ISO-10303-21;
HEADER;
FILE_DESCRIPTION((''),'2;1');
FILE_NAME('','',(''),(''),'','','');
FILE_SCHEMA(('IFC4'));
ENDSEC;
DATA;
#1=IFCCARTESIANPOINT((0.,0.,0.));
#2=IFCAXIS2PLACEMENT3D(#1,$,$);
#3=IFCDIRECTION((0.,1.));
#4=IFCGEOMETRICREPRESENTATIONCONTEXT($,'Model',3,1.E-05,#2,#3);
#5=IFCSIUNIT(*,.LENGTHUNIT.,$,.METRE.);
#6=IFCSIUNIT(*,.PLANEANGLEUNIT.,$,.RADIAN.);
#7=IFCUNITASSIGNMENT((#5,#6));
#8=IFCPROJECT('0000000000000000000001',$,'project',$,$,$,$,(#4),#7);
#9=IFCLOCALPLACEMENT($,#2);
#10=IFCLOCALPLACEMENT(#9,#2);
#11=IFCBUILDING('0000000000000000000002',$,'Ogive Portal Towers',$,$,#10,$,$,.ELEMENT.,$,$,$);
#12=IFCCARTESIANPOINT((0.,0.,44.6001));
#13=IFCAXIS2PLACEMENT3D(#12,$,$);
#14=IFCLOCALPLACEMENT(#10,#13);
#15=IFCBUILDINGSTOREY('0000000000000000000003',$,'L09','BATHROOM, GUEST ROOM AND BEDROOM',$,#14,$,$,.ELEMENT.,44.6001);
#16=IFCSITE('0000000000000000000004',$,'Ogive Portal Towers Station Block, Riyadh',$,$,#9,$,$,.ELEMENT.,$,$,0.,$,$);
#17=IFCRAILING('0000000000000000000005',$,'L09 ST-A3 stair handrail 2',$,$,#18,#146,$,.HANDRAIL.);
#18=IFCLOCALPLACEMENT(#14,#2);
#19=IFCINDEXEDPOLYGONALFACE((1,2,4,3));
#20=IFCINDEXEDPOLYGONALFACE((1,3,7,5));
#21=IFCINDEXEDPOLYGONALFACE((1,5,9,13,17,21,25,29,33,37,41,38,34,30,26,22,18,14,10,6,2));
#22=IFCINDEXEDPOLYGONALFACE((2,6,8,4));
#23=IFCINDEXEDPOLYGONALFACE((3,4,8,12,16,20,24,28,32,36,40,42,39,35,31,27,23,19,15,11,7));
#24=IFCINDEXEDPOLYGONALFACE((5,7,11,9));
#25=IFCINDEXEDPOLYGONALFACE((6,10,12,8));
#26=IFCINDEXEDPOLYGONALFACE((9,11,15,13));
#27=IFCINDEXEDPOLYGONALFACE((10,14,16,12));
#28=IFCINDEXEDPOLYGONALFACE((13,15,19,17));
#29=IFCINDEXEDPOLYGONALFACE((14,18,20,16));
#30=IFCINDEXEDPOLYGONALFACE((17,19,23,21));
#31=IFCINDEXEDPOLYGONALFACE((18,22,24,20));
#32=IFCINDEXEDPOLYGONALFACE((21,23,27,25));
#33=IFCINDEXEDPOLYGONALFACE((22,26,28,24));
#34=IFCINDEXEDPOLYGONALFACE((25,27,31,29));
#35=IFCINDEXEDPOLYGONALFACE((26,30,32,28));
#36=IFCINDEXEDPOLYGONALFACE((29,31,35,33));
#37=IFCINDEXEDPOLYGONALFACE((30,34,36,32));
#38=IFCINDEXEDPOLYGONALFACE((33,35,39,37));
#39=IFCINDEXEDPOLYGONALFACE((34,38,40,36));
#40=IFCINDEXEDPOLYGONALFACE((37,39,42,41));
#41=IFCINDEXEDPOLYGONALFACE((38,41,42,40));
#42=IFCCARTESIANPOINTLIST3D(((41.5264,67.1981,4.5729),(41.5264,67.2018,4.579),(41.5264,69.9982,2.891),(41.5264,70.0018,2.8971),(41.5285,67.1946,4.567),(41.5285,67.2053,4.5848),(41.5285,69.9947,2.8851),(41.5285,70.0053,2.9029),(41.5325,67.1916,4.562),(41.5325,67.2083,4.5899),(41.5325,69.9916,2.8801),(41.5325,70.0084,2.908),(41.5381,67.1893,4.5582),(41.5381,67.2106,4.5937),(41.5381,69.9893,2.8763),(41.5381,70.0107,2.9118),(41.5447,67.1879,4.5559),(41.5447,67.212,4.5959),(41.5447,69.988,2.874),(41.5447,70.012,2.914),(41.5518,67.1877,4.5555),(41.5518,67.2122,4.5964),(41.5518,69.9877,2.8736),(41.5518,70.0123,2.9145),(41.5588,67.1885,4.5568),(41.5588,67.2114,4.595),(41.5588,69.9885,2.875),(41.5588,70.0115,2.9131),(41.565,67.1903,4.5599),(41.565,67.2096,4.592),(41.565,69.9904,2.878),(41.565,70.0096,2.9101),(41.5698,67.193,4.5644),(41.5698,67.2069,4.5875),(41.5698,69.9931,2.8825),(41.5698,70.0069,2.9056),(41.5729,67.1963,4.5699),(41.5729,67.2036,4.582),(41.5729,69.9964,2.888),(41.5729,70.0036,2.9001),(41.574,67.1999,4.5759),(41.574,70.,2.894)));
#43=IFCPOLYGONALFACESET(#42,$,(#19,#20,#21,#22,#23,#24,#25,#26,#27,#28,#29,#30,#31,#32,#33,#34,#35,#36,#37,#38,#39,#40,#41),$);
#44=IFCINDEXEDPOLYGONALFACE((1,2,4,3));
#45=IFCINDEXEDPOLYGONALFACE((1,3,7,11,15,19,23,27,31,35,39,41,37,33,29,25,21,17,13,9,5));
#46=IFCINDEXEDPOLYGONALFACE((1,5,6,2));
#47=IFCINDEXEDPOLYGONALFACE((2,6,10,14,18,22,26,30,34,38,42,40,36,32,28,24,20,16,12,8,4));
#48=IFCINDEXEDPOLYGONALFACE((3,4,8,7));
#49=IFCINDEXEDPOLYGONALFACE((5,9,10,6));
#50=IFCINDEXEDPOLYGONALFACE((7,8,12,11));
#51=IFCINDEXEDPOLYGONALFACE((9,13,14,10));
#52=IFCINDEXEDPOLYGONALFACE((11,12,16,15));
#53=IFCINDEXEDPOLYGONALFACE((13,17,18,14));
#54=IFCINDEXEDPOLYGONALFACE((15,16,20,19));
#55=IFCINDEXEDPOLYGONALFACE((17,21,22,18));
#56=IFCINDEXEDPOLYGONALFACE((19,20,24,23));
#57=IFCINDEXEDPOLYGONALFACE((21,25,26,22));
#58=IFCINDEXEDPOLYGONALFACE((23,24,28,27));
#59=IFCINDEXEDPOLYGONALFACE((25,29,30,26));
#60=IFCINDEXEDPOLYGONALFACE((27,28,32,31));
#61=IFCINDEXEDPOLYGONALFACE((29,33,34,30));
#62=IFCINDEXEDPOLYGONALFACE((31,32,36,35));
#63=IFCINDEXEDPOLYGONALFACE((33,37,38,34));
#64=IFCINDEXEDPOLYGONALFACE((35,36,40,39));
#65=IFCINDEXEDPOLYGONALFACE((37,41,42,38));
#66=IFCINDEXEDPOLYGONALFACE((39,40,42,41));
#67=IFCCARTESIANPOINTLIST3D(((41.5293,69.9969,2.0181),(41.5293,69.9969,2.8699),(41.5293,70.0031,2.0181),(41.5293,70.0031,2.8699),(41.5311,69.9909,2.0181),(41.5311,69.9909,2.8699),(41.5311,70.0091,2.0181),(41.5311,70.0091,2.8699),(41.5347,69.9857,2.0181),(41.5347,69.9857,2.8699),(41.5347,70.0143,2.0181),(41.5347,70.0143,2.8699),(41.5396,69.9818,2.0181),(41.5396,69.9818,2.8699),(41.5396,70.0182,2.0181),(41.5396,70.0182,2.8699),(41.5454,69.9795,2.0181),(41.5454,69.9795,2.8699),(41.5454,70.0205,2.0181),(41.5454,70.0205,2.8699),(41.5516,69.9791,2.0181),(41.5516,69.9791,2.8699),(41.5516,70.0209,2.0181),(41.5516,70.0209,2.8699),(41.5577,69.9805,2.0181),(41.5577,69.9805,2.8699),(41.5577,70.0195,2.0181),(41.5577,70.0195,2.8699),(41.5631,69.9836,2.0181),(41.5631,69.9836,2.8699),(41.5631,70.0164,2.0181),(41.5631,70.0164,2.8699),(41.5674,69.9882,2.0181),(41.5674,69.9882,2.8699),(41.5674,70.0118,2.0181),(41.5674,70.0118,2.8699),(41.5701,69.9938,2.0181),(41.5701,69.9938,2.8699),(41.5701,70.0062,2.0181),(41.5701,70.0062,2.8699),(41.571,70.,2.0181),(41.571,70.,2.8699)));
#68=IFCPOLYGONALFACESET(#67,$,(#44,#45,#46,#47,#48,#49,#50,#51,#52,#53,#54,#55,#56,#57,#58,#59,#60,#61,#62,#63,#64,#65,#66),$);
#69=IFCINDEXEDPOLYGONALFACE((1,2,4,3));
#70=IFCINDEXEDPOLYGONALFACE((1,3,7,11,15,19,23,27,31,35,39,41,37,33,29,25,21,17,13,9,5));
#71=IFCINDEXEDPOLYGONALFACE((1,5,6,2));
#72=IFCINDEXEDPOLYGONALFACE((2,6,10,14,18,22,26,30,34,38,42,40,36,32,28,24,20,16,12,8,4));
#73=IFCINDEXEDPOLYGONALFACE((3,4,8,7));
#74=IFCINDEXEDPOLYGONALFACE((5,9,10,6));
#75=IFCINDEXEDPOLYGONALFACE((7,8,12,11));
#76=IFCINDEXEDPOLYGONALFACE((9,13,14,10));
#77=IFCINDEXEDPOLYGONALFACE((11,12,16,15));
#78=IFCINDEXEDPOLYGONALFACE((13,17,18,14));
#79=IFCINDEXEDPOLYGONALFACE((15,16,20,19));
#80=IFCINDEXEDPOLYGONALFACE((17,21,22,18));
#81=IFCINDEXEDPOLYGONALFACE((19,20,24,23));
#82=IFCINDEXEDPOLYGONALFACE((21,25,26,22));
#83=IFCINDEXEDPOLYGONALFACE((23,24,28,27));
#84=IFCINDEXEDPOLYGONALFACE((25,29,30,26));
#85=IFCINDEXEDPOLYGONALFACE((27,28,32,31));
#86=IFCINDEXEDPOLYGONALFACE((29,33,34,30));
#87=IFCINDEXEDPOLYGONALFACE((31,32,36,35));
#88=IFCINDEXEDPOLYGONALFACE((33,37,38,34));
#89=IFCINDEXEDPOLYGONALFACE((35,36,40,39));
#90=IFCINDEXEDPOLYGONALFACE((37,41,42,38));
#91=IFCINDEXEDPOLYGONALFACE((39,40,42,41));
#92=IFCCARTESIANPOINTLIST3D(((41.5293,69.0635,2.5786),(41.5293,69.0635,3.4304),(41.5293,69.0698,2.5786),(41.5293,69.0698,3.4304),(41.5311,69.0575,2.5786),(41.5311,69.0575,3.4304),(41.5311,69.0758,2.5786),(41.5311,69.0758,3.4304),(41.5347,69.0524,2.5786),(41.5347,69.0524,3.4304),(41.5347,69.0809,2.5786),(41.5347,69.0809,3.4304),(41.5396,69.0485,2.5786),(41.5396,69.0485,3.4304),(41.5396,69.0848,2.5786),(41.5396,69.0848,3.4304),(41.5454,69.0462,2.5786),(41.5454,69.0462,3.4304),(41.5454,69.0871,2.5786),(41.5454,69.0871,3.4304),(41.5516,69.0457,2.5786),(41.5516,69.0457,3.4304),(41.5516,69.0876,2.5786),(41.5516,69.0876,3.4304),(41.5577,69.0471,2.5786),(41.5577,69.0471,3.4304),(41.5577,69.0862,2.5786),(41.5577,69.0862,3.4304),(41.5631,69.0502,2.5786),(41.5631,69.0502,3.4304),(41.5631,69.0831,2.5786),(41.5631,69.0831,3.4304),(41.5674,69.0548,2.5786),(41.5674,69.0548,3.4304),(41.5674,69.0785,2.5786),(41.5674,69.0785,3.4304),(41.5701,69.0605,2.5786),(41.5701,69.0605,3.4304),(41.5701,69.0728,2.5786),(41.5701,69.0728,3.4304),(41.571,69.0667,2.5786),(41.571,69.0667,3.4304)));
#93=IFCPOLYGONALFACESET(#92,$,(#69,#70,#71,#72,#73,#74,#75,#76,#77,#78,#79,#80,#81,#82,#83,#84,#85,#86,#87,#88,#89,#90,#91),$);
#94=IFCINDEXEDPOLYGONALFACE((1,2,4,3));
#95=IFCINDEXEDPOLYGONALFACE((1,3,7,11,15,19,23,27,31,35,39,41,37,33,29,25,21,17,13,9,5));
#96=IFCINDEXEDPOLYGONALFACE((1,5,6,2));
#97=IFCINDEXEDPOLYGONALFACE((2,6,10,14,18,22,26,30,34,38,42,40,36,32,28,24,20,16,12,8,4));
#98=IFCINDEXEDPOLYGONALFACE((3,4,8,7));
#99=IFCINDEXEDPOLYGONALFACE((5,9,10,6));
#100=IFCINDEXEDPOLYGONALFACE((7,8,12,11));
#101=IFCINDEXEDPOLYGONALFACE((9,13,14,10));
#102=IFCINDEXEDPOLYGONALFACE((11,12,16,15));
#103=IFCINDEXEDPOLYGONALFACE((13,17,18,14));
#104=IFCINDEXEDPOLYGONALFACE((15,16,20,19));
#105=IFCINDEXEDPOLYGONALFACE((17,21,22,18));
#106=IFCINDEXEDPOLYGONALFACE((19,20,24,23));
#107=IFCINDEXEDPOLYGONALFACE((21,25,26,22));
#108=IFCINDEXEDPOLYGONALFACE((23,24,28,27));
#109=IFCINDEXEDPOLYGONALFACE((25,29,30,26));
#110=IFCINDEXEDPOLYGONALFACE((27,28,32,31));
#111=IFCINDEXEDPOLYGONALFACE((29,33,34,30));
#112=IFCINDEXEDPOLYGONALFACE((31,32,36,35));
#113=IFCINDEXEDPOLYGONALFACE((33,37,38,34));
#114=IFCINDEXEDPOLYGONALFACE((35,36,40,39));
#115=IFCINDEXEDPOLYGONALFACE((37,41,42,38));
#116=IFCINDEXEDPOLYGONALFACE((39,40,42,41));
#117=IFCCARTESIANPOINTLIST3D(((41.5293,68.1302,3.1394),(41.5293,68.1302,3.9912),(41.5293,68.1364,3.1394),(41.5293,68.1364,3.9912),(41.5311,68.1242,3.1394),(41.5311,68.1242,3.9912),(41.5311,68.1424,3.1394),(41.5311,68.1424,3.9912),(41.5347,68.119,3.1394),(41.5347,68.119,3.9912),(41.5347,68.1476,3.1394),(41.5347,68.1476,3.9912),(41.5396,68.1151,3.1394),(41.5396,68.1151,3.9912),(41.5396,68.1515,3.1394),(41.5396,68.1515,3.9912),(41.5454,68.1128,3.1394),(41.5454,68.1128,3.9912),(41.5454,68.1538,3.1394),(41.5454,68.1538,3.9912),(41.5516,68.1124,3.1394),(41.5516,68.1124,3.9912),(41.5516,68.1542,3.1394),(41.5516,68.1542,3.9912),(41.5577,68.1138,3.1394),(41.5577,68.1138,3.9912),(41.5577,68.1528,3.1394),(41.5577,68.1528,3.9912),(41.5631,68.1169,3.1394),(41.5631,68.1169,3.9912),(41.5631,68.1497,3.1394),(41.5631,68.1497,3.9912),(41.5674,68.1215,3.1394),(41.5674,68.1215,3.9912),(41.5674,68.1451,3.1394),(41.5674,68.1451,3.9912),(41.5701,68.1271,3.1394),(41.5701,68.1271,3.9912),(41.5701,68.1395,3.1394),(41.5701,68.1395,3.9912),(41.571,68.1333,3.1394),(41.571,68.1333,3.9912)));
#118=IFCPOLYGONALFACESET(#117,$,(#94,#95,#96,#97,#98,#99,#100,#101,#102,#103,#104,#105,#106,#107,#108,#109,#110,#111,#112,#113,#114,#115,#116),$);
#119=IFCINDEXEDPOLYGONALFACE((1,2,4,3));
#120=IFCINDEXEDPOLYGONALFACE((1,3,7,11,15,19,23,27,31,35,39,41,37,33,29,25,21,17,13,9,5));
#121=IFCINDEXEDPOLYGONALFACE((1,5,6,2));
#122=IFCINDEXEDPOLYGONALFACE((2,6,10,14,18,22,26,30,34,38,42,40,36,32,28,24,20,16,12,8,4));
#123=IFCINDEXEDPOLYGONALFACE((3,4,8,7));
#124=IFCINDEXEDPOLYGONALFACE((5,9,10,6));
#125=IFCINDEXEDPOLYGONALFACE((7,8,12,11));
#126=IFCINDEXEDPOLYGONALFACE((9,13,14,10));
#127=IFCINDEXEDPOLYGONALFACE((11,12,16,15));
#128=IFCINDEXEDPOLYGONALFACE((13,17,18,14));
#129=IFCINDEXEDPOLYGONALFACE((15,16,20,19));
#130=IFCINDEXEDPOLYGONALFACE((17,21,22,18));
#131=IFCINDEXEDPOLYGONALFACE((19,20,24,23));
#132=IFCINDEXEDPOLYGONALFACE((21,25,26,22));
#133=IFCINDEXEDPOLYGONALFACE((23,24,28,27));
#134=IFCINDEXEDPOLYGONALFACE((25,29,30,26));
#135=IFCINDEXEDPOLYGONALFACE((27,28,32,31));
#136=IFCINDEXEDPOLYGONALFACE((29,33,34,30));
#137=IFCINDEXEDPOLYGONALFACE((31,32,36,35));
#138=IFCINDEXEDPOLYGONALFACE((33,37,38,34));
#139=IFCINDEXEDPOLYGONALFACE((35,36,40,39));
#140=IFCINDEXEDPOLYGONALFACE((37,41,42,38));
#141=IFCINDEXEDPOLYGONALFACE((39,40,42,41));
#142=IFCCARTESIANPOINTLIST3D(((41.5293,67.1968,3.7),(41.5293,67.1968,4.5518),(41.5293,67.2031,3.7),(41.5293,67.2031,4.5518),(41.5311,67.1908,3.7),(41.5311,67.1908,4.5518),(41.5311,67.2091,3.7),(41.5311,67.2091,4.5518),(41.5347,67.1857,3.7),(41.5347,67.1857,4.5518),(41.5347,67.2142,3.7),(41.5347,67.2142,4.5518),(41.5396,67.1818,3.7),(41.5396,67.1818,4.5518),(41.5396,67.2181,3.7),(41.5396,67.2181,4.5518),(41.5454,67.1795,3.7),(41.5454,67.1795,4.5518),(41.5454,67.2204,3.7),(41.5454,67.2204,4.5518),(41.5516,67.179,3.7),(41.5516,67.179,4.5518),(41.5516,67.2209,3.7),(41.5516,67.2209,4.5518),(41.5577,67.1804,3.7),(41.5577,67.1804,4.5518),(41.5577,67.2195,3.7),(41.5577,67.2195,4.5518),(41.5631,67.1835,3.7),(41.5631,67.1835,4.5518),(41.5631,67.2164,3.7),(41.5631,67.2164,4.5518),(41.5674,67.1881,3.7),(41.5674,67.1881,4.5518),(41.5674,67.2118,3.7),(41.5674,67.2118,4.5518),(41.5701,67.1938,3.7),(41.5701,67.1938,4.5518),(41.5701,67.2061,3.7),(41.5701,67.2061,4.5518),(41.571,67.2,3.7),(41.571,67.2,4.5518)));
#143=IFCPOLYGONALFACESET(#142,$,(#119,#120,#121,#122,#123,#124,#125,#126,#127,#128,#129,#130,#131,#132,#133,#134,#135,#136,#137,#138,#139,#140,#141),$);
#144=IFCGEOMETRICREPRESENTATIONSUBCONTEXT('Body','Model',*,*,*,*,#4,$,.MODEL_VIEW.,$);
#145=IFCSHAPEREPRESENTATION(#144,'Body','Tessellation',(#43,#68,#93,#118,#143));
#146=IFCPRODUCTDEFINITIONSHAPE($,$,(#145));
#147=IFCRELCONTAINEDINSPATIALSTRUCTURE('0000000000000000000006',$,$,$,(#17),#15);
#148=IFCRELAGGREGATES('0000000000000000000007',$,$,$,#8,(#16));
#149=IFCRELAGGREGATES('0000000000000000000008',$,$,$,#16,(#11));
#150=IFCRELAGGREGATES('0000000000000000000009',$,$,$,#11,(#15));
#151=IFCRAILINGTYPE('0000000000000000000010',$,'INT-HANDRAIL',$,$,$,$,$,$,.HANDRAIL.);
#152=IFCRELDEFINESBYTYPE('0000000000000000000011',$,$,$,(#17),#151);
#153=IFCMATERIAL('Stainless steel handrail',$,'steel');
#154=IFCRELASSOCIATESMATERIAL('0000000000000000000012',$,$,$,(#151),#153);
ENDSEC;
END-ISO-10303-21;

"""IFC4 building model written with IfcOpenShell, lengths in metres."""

from ifc_helpers import new_model, si_unit, direction, frame, origin, origin_2d, place, context, subcontext, project, spatial, circle, extrude, material, type_object, element, save


model = new_model("IFC4")

# Units and contexts
model_context = context("Model", 3, precision=1e-05, world=origin(), true_north=direction((0.0, 1.0)))
body_context = subcontext(model_context, "Body", "Model", "MODEL_VIEW")
ifc_project = project(units=[si_unit("LENGTHUNIT", "METRE"), si_unit("PLANEANGLEUNIT", "RADIAN")], contexts=[model_context])

# Site, building, storey
site_placement = place(None, origin())
site = spatial("IfcSite", under=ifc_project, at=site_placement, Name="Ogive Portal Towers Station Block, Riyadh", CompositionType="ELEMENT", RefElevation=0.0)
building_placement = place(site_placement, origin())
building = spatial("IfcBuilding", under=site, at=building_placement, Name="Ogive Portal Towers", CompositionType="ELEMENT")
storey_placement = place(building_placement, frame((0.0, 0.0, 44.6001)))
storey = spatial("IfcBuildingStorey", under=building, at=storey_placement, Name="L09", Description="BATHROOM, GUEST ROOM AND BEDROOM", CompositionType="ELEMENT", Elevation=44.6001)

# Railing
ifc_material_1 = material(Name="Stainless steel handrail", Category="steel")
railing_type_1 = type_object("IfcRailingType", Name="INT-HANDRAIL", PredefinedType="HANDRAIL", material=ifc_material_1)
railing_1_placement = place(storey_placement, frame((41.55, 70.0, 2.0181)))
element("IfcRailing", 1, at=railing_1_placement, inside=storey, type_object=railing_type_1, Name="L09 ST-A3 stair handrail 2", PredefinedType="HANDRAIL", context=body_context, shape_type="SweptSolid", body=[
    extrude(circle(Radius=0.0239, at=origin_2d()), frame((0.0, 0.0, 0.876), z_axis=(0.0, -0.857242, 0.514913), x_axis=(1.0, 0.0, 0.0)), (0.0, 0.0, 1.0), 3.2664),
    extrude(circle(Radius=0.021, at=origin_2d()), origin(), (0.0, 0.0, 1.0), 0.8518),
    extrude(circle(Radius=0.021, at=origin_2d()), frame((0.0, -0.9333, 0.5605)), (0.0, 0.0, 1.0), 0.8518),
    extrude(circle(Radius=0.021, at=origin_2d()), frame((0.0, -1.8667, 1.1213)), (0.0, 0.0, 1.0), 0.8518),
    extrude(circle(Radius=0.021, at=origin_2d()), frame((0.0, -2.8, 1.6819)), (0.0, 0.0, 1.0), 0.8518),
])

save(model, "model.ifc")
